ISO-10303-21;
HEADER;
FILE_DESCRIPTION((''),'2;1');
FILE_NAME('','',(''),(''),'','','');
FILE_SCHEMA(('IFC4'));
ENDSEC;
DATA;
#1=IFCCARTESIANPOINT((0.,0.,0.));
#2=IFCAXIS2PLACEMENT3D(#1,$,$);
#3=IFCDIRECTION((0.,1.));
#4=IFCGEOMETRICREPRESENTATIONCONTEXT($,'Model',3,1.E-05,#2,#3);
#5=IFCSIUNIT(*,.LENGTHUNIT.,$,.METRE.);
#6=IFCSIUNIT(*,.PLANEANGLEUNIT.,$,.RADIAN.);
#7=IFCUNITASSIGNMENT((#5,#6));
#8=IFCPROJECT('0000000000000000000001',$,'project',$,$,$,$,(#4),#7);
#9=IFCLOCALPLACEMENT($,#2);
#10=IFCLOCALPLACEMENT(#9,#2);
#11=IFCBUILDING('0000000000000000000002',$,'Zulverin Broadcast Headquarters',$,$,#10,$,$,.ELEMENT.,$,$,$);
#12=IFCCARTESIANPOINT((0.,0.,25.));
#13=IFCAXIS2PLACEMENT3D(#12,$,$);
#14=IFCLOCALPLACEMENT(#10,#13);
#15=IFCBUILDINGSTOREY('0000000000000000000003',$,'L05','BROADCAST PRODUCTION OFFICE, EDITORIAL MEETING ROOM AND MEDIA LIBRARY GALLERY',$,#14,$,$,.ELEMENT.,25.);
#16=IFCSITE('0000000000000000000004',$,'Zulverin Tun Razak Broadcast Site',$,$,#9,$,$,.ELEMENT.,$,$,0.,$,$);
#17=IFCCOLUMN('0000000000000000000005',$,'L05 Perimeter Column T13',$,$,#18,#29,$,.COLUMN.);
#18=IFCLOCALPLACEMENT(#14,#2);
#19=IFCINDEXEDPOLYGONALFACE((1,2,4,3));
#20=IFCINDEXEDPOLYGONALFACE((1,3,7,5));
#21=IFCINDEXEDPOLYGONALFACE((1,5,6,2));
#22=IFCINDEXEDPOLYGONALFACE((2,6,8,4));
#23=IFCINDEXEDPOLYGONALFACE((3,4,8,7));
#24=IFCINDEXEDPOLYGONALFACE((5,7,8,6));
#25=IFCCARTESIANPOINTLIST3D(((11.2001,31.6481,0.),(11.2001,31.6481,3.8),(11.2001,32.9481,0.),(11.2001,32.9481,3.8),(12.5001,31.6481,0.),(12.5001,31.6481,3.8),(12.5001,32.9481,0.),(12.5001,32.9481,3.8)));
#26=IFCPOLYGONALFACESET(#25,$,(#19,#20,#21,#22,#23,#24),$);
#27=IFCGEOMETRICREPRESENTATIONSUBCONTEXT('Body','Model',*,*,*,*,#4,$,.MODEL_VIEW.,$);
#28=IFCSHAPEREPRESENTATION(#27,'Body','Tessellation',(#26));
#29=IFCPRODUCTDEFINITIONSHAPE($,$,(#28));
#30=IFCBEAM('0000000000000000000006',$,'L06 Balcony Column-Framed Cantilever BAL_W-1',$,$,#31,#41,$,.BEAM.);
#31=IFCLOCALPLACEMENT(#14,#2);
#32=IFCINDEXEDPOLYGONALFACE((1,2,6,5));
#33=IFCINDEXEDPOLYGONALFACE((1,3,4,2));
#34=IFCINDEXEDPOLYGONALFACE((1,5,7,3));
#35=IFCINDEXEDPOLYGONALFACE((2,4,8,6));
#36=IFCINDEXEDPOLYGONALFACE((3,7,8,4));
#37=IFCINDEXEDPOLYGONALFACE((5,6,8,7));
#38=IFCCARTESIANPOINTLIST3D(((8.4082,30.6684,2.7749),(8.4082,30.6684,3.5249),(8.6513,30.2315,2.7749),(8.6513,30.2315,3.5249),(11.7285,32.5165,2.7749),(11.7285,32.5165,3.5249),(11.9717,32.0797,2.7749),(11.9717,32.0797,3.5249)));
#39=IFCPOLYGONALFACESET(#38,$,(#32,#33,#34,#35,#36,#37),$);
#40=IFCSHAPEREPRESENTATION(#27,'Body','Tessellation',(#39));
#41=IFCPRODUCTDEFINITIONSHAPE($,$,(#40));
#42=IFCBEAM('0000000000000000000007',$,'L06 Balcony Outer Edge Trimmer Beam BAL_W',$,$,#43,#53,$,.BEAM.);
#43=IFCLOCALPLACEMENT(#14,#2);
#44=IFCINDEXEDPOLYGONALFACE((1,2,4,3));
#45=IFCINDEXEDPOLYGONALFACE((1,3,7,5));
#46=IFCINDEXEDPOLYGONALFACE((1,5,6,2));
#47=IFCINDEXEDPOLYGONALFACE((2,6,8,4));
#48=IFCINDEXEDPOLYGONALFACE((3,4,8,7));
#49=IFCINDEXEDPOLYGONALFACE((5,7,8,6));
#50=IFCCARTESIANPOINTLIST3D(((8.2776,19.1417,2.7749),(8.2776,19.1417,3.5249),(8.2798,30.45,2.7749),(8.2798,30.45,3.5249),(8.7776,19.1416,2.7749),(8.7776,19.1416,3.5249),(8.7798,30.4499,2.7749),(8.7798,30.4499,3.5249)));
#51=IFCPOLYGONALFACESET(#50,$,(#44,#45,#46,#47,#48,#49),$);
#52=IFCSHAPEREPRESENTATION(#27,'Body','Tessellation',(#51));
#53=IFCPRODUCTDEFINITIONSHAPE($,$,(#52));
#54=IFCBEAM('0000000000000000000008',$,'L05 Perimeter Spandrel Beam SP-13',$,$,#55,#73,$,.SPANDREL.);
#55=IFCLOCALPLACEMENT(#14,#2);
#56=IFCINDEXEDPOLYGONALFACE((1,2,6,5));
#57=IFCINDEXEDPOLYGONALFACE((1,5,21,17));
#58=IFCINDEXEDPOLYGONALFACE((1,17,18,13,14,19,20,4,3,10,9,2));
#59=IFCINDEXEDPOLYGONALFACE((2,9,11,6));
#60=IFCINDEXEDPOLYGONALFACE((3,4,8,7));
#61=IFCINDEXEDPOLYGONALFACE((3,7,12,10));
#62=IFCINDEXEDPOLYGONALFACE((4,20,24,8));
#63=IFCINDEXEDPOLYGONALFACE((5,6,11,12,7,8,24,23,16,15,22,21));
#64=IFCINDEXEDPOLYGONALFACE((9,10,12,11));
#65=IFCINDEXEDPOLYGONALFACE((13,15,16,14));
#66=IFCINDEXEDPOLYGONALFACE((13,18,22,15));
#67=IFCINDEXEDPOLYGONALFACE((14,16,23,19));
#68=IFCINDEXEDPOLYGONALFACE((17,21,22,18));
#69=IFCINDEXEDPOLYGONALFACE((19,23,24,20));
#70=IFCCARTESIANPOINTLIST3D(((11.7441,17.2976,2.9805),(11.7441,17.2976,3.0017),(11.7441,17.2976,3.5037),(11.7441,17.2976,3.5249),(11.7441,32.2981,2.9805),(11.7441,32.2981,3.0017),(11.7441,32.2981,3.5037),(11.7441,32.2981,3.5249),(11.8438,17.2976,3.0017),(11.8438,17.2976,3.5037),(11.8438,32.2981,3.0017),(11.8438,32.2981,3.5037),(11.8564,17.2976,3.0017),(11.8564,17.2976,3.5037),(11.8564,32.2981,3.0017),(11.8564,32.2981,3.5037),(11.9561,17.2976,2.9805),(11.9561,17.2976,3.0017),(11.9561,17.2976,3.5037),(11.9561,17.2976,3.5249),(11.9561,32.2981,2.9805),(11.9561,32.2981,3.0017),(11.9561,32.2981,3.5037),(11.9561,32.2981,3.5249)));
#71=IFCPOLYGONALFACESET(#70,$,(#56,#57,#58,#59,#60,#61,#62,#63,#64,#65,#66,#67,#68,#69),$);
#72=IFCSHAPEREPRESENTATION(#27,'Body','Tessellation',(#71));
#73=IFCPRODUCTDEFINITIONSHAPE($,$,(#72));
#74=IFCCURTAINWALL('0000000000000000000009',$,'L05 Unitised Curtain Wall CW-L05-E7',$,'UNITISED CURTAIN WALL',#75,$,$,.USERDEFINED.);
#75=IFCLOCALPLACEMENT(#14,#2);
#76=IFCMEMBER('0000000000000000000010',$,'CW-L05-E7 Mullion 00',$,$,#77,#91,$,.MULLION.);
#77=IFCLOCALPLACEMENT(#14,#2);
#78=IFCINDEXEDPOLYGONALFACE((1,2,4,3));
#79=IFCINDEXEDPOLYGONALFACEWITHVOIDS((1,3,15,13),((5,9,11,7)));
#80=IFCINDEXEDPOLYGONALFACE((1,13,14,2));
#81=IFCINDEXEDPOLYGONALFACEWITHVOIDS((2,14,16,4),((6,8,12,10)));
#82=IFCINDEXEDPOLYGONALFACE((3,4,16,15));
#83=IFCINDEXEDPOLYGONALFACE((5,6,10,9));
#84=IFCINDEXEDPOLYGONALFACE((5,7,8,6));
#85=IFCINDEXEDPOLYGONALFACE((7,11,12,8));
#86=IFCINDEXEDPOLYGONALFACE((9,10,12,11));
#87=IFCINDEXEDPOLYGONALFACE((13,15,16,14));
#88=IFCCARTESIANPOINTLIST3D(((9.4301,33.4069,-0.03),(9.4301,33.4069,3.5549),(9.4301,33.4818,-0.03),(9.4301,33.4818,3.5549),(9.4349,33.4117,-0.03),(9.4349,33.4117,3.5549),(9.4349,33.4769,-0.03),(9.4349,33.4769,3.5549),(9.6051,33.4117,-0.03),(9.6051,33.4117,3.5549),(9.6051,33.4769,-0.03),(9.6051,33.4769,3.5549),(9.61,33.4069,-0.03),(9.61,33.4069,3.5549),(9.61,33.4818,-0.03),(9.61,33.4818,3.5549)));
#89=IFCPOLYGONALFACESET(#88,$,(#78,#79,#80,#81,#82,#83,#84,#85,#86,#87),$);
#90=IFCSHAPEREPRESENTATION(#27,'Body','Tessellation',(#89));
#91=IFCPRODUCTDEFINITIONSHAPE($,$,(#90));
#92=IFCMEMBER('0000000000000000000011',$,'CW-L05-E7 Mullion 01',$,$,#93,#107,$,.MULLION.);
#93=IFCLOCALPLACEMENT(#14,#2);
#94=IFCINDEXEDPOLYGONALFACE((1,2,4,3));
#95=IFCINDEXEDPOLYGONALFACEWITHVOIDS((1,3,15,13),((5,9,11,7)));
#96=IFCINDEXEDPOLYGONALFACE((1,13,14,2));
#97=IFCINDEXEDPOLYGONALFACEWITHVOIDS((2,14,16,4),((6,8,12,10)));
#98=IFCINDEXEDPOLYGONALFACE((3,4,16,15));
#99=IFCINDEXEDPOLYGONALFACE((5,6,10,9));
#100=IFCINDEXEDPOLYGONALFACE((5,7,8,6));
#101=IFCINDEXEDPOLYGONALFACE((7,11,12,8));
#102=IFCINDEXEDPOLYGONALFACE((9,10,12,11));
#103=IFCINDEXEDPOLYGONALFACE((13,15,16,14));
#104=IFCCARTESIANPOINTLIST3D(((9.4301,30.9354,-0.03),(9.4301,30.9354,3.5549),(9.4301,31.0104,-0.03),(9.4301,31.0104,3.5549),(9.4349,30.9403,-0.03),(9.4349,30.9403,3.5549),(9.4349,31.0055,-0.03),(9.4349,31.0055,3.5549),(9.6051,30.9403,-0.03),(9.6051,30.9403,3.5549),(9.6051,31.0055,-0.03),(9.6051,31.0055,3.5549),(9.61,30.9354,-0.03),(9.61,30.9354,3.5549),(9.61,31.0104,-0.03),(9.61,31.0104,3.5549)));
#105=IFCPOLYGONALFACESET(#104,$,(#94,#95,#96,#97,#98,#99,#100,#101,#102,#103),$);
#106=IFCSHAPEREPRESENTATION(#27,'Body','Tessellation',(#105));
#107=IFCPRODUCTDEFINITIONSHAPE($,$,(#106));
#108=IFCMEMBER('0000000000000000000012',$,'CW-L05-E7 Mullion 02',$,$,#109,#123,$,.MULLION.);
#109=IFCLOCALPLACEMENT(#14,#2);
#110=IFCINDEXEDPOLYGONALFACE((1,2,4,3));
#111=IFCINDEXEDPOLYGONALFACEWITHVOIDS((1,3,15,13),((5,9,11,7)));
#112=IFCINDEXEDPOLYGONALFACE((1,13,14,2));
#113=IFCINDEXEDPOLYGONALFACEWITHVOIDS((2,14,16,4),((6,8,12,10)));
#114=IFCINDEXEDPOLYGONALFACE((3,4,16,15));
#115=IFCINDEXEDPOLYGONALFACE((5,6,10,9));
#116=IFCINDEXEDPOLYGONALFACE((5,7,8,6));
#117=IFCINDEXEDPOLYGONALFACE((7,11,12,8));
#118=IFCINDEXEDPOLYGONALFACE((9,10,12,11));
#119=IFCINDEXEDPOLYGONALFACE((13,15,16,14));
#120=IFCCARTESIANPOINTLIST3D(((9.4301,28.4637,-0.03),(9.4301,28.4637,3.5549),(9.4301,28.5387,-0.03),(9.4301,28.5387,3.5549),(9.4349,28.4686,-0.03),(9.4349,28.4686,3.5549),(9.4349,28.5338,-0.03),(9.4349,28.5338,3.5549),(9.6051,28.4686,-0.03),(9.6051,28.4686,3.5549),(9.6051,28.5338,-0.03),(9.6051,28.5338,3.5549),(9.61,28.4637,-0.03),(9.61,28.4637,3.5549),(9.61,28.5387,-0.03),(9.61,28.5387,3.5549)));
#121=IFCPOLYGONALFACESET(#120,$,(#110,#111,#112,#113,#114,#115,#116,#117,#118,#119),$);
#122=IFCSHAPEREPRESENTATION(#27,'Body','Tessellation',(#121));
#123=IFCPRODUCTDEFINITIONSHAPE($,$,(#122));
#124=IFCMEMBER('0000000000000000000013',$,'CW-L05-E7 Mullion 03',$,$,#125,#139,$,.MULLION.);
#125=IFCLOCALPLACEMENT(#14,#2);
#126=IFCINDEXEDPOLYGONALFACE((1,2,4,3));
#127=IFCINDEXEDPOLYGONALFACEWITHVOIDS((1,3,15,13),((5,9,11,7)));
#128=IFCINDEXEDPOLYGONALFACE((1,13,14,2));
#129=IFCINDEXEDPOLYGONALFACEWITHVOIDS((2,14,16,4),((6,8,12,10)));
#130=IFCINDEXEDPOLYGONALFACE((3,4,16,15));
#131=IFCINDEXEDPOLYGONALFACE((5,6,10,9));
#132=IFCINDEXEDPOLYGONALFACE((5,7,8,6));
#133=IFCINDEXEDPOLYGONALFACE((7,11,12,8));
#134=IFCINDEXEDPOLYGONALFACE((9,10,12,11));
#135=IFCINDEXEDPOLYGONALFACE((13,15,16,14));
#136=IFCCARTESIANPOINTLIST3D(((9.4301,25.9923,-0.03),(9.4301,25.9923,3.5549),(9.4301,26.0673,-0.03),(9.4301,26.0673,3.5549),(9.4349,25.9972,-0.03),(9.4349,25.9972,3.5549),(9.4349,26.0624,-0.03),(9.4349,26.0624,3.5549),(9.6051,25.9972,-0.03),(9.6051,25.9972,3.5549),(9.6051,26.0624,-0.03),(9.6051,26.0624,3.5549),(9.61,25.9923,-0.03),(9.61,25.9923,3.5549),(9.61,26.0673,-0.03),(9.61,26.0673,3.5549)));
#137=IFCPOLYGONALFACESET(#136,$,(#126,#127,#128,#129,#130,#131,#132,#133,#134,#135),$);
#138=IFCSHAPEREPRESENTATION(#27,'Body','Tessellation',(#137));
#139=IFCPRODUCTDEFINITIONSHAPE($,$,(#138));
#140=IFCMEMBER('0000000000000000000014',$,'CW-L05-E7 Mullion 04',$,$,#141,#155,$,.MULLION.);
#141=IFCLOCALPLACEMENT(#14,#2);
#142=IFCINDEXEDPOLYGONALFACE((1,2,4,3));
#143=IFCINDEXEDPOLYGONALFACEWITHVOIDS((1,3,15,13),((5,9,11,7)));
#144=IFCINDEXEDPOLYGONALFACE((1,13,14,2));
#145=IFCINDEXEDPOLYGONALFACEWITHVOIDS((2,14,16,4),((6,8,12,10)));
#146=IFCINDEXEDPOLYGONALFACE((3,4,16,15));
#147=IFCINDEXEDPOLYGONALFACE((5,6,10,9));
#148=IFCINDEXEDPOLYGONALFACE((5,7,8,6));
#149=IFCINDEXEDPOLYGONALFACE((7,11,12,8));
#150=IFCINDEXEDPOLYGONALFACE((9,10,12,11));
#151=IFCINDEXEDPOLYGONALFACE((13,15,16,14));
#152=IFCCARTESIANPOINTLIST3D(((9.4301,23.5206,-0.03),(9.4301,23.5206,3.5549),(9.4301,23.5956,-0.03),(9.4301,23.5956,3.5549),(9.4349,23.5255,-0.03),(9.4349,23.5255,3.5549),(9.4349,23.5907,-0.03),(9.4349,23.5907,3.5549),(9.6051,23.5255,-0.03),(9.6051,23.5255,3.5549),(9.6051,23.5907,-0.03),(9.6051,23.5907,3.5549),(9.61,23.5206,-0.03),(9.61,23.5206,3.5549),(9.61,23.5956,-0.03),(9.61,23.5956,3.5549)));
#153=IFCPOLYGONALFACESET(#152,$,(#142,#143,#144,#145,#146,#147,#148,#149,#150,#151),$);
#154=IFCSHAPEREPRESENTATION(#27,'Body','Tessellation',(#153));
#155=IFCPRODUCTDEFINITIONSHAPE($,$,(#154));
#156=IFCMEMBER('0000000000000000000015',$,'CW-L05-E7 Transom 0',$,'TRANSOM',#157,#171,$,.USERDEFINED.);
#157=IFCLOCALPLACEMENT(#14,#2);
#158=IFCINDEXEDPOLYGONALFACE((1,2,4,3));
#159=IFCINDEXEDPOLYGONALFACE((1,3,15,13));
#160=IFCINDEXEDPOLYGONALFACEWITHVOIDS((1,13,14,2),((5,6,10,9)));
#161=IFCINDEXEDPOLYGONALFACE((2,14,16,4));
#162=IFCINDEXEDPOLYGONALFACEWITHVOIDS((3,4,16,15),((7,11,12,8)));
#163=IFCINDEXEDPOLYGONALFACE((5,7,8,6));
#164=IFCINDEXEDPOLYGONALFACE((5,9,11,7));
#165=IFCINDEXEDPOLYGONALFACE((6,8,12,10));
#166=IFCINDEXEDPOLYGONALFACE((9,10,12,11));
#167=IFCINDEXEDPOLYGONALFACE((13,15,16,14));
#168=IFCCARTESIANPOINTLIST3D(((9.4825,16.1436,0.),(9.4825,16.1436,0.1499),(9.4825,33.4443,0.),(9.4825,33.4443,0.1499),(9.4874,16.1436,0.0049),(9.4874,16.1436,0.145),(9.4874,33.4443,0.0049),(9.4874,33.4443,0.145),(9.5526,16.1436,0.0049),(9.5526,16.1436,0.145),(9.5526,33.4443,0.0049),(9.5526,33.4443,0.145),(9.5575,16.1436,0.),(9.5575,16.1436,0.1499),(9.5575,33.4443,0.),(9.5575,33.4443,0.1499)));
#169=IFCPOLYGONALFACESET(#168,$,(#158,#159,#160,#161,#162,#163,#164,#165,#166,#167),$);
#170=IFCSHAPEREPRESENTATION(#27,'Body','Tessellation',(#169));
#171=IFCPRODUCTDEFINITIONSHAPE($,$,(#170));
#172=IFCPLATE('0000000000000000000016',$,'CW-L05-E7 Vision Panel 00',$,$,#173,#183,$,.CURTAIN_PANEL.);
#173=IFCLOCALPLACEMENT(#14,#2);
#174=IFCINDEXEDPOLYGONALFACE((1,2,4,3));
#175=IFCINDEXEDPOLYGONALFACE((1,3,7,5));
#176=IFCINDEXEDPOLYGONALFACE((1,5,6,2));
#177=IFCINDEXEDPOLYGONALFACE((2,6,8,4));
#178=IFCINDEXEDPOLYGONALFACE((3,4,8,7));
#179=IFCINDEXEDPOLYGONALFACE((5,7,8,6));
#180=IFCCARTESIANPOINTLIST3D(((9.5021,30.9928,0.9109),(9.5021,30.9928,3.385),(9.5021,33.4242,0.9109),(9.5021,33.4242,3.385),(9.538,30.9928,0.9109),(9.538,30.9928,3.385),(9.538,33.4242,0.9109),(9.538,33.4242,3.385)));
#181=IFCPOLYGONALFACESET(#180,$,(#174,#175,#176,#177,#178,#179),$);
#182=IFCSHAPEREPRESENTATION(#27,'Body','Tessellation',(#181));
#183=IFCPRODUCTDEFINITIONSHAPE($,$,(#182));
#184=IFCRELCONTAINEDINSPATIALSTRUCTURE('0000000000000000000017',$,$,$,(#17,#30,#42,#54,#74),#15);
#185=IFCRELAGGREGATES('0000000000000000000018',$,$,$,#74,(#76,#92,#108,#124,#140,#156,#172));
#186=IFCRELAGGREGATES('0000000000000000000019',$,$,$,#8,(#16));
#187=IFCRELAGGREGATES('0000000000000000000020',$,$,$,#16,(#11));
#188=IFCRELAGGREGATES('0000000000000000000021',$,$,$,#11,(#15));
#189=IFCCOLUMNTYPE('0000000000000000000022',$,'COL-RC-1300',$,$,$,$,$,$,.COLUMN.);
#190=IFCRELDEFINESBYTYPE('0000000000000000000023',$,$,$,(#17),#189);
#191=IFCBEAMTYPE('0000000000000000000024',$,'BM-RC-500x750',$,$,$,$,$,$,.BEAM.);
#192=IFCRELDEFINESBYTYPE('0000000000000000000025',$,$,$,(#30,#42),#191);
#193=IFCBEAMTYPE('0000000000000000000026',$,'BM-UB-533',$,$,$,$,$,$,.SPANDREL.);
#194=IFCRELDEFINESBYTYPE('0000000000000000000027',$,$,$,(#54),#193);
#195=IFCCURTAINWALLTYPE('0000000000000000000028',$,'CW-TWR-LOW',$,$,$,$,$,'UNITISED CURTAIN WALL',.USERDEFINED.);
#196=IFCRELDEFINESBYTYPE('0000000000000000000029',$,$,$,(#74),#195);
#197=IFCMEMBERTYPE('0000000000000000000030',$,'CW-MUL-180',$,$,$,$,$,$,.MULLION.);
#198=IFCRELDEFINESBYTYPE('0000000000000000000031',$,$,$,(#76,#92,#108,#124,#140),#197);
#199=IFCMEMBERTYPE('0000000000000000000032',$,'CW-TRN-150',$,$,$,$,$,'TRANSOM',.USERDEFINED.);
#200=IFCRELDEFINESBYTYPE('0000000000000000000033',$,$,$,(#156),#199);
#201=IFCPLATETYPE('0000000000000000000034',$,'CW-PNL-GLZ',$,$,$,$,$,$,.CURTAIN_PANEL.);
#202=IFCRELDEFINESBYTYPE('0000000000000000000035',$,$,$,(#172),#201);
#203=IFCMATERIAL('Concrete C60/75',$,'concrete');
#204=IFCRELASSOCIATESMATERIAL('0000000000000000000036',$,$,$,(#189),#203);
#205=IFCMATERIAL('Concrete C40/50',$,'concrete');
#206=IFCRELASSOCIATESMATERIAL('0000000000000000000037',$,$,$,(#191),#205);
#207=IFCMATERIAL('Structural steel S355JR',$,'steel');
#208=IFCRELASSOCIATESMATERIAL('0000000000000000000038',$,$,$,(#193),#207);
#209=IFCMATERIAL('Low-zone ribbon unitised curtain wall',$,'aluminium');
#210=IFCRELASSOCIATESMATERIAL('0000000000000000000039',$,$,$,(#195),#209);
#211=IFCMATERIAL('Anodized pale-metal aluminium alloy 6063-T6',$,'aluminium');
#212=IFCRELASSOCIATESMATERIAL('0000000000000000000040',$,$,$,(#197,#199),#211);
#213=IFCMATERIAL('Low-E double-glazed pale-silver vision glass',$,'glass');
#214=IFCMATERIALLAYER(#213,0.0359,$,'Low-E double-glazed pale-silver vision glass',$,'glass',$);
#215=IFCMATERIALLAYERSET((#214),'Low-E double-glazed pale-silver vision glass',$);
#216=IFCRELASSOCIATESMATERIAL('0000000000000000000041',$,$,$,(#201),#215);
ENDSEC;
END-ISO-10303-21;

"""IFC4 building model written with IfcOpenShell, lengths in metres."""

from ifc_helpers import new_model, si_unit, direction, frame, origin, origin_2d, place, context, subcontext, project, spatial, rectangle, hollow_rectangle, i_section, extrude, material, layer, layer_set, material_profile, profile_set, type_object, element, aggregate, save


model = new_model("IFC4")

# Units and contexts
model_context = context("Model", 3, precision=1e-05, world=origin(), true_north=direction((0.0, 1.0)))
body_context = subcontext(model_context, "Body", "Model", "MODEL_VIEW")
ifc_project = project(units=[si_unit("LENGTHUNIT", "METRE"), si_unit("PLANEANGLEUNIT", "RADIAN")], contexts=[model_context])

# Site, building, storey
site_placement = place(None, origin())
site = spatial("IfcSite", under=ifc_project, at=site_placement, Name="Zulverin Tun Razak Broadcast Site", CompositionType="ELEMENT", RefElevation=0.0)
building_placement = place(site_placement, origin())
building = spatial("IfcBuilding", under=site, at=building_placement, Name="Zulverin Broadcast Headquarters", CompositionType="ELEMENT")
storey_placement = place(building_placement, frame((0.0, 0.0, 25.0)))
storey = spatial("IfcBuildingStorey", under=building, at=storey_placement, Name="L05", Description="BROADCAST PRODUCTION OFFICE, EDITORIAL MEETING ROOM AND MEDIA LIBRARY GALLERY", CompositionType="ELEMENT", Elevation=25.0)

# Column
ifc_material_1 = material(Name="Concrete C60/75", Category="concrete")
ifc_material_profile_1 = material_profile(ifc_material_1, rectangle(XDim=1.3, YDim=1.3, at=origin_2d()), Name="Concrete C60/75", Category="concrete")
ifc_profile_set_1 = profile_set([ifc_material_profile_1], Name="Concrete C60/75")
column_type = type_object("IfcColumnType", Name="COL-RC-1300", PredefinedType="COLUMN", material=ifc_profile_set_1)
column_placement = place(storey_placement, frame((11.8501, 32.2981, 0.0), z_axis=(0.0, 0.0, 1.0), x_axis=(1.0, 0.0, 0.0)))
element("IfcColumn", 1, at=column_placement, inside=storey, type_object=column_type, Name="L05 Perimeter Column T13", PredefinedType="COLUMN", context=body_context, shape_type="SweptSolid", body=[
    extrude(rectangle(XDim=1.3, YDim=1.3, at=origin_2d()), origin(), (0.0, 0.0, 1.0), 3.8),
])

# Beams
ifc_material_2 = material(Name="Concrete C40/50", Category="concrete")
ifc_material_profile_2 = material_profile(ifc_material_2, rectangle(XDim=0.5, YDim=0.75, at=origin_2d()), Name="Concrete C40/50", Category="concrete")
ifc_profile_set_2 = profile_set([ifc_material_profile_2], Name="Concrete C40/50")
beam_type_1 = type_object("IfcBeamType", Name="BM-RC-500x750", PredefinedType="BEAM", material=ifc_profile_set_2)
beam_1_placement = place(storey_placement, frame((11.8501, 32.2981, 3.1499), z_axis=(-0.873763, -0.486352, 0.0), x_axis=(0.486352, -0.873763, 0.0)))
element("IfcBeam", 2, at=beam_1_placement, inside=storey, type_object=beam_type_1, Name="L06 Balcony Column-Framed Cantilever BAL_W-1", PredefinedType="BEAM", context=body_context, shape_type="SweptSolid", body=[
    extrude(rectangle(XDim=0.5, YDim=0.75, at=origin_2d()), origin(), (0.0, 0.0, 1.0), 3.8),
])
beam_2_placement = place(storey_placement, frame((8.5298, 30.45, 3.1499), z_axis=(-0.000194, -1.0, 0.0), x_axis=(1.0, -0.000194, 0.0)))
element("IfcBeam", 3, at=beam_2_placement, inside=storey, type_object=beam_type_1, Name="L06 Balcony Outer Edge Trimmer Beam BAL_W", PredefinedType="BEAM", context=body_context, shape_type="SweptSolid", body=[
    extrude(rectangle(XDim=0.5, YDim=0.75, at=origin_2d()), origin(), (0.0, 0.0, 1.0), 11.3083),
])
ifc_material_3 = material(Name="Structural steel S355JR", Category="steel")
ifc_material_profile_3 = material_profile(ifc_material_3, i_section(OverallWidth=0.2119, OverallDepth=0.5444, WebThickness=0.0127, FlangeThickness=0.0212, at=origin_2d()), Name="Structural steel S355JR", Category="steel")
ifc_profile_set_3 = profile_set([ifc_material_profile_3], Name="Structural steel S355JR")
beam_type_2 = type_object("IfcBeamType", Name="BM-UB-533", PredefinedType="SPANDREL", material=ifc_profile_set_3)
beam_3_placement = place(storey_placement, frame((11.8501, 32.2981, 3.2527), z_axis=(0.0, -1.0, 0.0), x_axis=(1.0, 0.0, 0.0)))
element("IfcBeam", 4, at=beam_3_placement, inside=storey, type_object=beam_type_2, Name="L05 Perimeter Spandrel Beam SP-13", PredefinedType="SPANDREL", context=body_context, shape_type="SweptSolid", body=[
    extrude(i_section(OverallWidth=0.2119, OverallDepth=0.5444, WebThickness=0.0127, FlangeThickness=0.0212, at=origin_2d()), origin(), (0.0, 0.0, 1.0), 15.0005),
])

# Curtain wall, members, plate
ifc_material_4 = material(Name="Low-zone ribbon unitised curtain wall", Category="aluminium")
curtain_wall_type = type_object("IfcCurtainWallType", Name="CW-TWR-LOW", ElementType="UNITISED CURTAIN WALL", PredefinedType="USERDEFINED", material=ifc_material_4)
curtain_wall_placement = place(storey_placement, origin())
curtain_wall = element("IfcCurtainWall", 5, at=curtain_wall_placement, inside=storey, type_object=curtain_wall_type, Name="L05 Unitised Curtain Wall CW-L05-E7", ObjectType="UNITISED CURTAIN WALL", PredefinedType="USERDEFINED")
ifc_material_5 = material(Name="Anodized pale-metal aluminium alloy 6063-T6", Category="aluminium")
ifc_material_profile_4 = material_profile(ifc_material_5, hollow_rectangle(XDim=0.075, YDim=0.1799, WallThickness=0.0049, at=origin_2d()), Name="Anodized pale-metal aluminium alloy 6063-T6", Category="aluminium")
ifc_profile_set_4 = profile_set([ifc_material_profile_4], Name="Anodized pale-metal aluminium alloy 6063-T6")
member_type_1 = type_object("IfcMemberType", Name="CW-MUL-180", PredefinedType="MULLION", material=ifc_profile_set_4)
member_1_placement = place(storey_placement, frame((9.52, 33.4443, -0.03), z_axis=(0.0, 0.0, 1.0), x_axis=(0.0, -1.0, 0.0)))
member_1 = element("IfcMember", 6, at=member_1_placement, type_object=member_type_1, Name="CW-L05-E7 Mullion 00", PredefinedType="MULLION", context=body_context, shape_type="SweptSolid", body=[
    extrude(hollow_rectangle(XDim=0.075, YDim=0.1799, WallThickness=0.0049, at=origin_2d()), origin(), (0.0, 0.0, 1.0), 3.585),
])
member_2_placement = place(storey_placement, frame((9.52, 30.9729, -0.03), z_axis=(0.0, 0.0, 1.0), x_axis=(0.0, -1.0, 0.0)))
member_2 = element("IfcMember", 7, at=member_2_placement, type_object=member_type_1, Name="CW-L05-E7 Mullion 01", PredefinedType="MULLION", context=body_context, shape_type="SweptSolid", body=[
    extrude(hollow_rectangle(XDim=0.075, YDim=0.1799, WallThickness=0.0049, at=origin_2d()), origin(), (0.0, 0.0, 1.0), 3.585),
])
member_3_placement = place(storey_placement, frame((9.52, 28.5012, -0.03), z_axis=(0.0, 0.0, 1.0), x_axis=(0.0, -1.0, 0.0)))
member_3 = element("IfcMember", 8, at=member_3_placement, type_object=member_type_1, Name="CW-L05-E7 Mullion 02", PredefinedType="MULLION", context=body_context, shape_type="SweptSolid", body=[
    extrude(hollow_rectangle(XDim=0.075, YDim=0.1799, WallThickness=0.0049, at=origin_2d()), origin(), (0.0, 0.0, 1.0), 3.585),
])
member_4_placement = place(storey_placement, frame((9.52, 26.0298, -0.03), z_axis=(0.0, 0.0, 1.0), x_axis=(0.0, -1.0, 0.0)))
member_4 = element("IfcMember", 9, at=member_4_placement, type_object=member_type_1, Name="CW-L05-E7 Mullion 03", PredefinedType="MULLION", context=body_context, shape_type="SweptSolid", body=[
    extrude(hollow_rectangle(XDim=0.075, YDim=0.1799, WallThickness=0.0049, at=origin_2d()), origin(), (0.0, 0.0, 1.0), 3.585),
])
member_5_placement = place(storey_placement, frame((9.52, 23.5581, -0.03), z_axis=(0.0, 0.0, 1.0), x_axis=(0.0, -1.0, 0.0)))
member_5 = element("IfcMember", 10, at=member_5_placement, type_object=member_type_1, Name="CW-L05-E7 Mullion 04", PredefinedType="MULLION", context=body_context, shape_type="SweptSolid", body=[
    extrude(hollow_rectangle(XDim=0.075, YDim=0.1799, WallThickness=0.0049, at=origin_2d()), origin(), (0.0, 0.0, 1.0), 3.585),
])
ifc_material_profile_5 = material_profile(ifc_material_5, hollow_rectangle(XDim=0.075, YDim=0.1499, WallThickness=0.0049, at=origin_2d()), Name="Anodized pale-metal aluminium alloy 6063-T6", Category="aluminium")
ifc_profile_set_5 = profile_set([ifc_material_profile_5], Name="Anodized pale-metal aluminium alloy 6063-T6")
member_type_2 = type_object("IfcMemberType", Name="CW-TRN-150", ElementType="TRANSOM", PredefinedType="USERDEFINED", material=ifc_profile_set_5)
member_6_placement = place(storey_placement, frame((9.52, 33.4443, 0.075), z_axis=(0.0, -1.0, 0.0), x_axis=(1.0, 0.0, 0.0)))
member_6 = element("IfcMember", 11, at=member_6_placement, type_object=member_type_2, Name="CW-L05-E7 Transom 0", ObjectType="TRANSOM", PredefinedType="USERDEFINED", context=body_context, shape_type="SweptSolid", body=[
    extrude(hollow_rectangle(XDim=0.075, YDim=0.1499, WallThickness=0.0049, at=origin_2d()), origin(), (0.0, 0.0, 1.0), 17.3008),
])
ifc_material_6 = material(Name="Low-E double-glazed pale-silver vision glass", Category="glass")
ifc_layer_1 = layer(ifc_material_6, 0.0359, Name="Low-E double-glazed pale-silver vision glass", Category="glass")
ifc_layer_set_1 = layer_set([ifc_layer_1], Name="Low-E double-glazed pale-silver vision glass")
plate_type_1 = type_object("IfcPlateType", Name="CW-PNL-GLZ", PredefinedType="CURTAIN_PANEL", material=ifc_layer_set_1)
plate_1_placement = place(storey_placement, frame((9.52, 32.2085, 0.9109), z_axis=(0.0, 0.0, 1.0), x_axis=(0.0, -1.0, 0.0)))
plate_1 = element("IfcPlate", 12, at=plate_1_placement, type_object=plate_type_1, Name="CW-L05-E7 Vision Panel 00", PredefinedType="CURTAIN_PANEL", context=body_context, shape_type="SweptSolid", body=[
    extrude(rectangle(XDim=2.4314, YDim=0.0359, at=origin_2d()), origin(), (0.0, 0.0, 1.0), 2.4741),
])
aggregate(curtain_wall, [member_1, member_2, member_3, member_4, member_5, member_6, plate_1])

save(model, "model.ifc")
